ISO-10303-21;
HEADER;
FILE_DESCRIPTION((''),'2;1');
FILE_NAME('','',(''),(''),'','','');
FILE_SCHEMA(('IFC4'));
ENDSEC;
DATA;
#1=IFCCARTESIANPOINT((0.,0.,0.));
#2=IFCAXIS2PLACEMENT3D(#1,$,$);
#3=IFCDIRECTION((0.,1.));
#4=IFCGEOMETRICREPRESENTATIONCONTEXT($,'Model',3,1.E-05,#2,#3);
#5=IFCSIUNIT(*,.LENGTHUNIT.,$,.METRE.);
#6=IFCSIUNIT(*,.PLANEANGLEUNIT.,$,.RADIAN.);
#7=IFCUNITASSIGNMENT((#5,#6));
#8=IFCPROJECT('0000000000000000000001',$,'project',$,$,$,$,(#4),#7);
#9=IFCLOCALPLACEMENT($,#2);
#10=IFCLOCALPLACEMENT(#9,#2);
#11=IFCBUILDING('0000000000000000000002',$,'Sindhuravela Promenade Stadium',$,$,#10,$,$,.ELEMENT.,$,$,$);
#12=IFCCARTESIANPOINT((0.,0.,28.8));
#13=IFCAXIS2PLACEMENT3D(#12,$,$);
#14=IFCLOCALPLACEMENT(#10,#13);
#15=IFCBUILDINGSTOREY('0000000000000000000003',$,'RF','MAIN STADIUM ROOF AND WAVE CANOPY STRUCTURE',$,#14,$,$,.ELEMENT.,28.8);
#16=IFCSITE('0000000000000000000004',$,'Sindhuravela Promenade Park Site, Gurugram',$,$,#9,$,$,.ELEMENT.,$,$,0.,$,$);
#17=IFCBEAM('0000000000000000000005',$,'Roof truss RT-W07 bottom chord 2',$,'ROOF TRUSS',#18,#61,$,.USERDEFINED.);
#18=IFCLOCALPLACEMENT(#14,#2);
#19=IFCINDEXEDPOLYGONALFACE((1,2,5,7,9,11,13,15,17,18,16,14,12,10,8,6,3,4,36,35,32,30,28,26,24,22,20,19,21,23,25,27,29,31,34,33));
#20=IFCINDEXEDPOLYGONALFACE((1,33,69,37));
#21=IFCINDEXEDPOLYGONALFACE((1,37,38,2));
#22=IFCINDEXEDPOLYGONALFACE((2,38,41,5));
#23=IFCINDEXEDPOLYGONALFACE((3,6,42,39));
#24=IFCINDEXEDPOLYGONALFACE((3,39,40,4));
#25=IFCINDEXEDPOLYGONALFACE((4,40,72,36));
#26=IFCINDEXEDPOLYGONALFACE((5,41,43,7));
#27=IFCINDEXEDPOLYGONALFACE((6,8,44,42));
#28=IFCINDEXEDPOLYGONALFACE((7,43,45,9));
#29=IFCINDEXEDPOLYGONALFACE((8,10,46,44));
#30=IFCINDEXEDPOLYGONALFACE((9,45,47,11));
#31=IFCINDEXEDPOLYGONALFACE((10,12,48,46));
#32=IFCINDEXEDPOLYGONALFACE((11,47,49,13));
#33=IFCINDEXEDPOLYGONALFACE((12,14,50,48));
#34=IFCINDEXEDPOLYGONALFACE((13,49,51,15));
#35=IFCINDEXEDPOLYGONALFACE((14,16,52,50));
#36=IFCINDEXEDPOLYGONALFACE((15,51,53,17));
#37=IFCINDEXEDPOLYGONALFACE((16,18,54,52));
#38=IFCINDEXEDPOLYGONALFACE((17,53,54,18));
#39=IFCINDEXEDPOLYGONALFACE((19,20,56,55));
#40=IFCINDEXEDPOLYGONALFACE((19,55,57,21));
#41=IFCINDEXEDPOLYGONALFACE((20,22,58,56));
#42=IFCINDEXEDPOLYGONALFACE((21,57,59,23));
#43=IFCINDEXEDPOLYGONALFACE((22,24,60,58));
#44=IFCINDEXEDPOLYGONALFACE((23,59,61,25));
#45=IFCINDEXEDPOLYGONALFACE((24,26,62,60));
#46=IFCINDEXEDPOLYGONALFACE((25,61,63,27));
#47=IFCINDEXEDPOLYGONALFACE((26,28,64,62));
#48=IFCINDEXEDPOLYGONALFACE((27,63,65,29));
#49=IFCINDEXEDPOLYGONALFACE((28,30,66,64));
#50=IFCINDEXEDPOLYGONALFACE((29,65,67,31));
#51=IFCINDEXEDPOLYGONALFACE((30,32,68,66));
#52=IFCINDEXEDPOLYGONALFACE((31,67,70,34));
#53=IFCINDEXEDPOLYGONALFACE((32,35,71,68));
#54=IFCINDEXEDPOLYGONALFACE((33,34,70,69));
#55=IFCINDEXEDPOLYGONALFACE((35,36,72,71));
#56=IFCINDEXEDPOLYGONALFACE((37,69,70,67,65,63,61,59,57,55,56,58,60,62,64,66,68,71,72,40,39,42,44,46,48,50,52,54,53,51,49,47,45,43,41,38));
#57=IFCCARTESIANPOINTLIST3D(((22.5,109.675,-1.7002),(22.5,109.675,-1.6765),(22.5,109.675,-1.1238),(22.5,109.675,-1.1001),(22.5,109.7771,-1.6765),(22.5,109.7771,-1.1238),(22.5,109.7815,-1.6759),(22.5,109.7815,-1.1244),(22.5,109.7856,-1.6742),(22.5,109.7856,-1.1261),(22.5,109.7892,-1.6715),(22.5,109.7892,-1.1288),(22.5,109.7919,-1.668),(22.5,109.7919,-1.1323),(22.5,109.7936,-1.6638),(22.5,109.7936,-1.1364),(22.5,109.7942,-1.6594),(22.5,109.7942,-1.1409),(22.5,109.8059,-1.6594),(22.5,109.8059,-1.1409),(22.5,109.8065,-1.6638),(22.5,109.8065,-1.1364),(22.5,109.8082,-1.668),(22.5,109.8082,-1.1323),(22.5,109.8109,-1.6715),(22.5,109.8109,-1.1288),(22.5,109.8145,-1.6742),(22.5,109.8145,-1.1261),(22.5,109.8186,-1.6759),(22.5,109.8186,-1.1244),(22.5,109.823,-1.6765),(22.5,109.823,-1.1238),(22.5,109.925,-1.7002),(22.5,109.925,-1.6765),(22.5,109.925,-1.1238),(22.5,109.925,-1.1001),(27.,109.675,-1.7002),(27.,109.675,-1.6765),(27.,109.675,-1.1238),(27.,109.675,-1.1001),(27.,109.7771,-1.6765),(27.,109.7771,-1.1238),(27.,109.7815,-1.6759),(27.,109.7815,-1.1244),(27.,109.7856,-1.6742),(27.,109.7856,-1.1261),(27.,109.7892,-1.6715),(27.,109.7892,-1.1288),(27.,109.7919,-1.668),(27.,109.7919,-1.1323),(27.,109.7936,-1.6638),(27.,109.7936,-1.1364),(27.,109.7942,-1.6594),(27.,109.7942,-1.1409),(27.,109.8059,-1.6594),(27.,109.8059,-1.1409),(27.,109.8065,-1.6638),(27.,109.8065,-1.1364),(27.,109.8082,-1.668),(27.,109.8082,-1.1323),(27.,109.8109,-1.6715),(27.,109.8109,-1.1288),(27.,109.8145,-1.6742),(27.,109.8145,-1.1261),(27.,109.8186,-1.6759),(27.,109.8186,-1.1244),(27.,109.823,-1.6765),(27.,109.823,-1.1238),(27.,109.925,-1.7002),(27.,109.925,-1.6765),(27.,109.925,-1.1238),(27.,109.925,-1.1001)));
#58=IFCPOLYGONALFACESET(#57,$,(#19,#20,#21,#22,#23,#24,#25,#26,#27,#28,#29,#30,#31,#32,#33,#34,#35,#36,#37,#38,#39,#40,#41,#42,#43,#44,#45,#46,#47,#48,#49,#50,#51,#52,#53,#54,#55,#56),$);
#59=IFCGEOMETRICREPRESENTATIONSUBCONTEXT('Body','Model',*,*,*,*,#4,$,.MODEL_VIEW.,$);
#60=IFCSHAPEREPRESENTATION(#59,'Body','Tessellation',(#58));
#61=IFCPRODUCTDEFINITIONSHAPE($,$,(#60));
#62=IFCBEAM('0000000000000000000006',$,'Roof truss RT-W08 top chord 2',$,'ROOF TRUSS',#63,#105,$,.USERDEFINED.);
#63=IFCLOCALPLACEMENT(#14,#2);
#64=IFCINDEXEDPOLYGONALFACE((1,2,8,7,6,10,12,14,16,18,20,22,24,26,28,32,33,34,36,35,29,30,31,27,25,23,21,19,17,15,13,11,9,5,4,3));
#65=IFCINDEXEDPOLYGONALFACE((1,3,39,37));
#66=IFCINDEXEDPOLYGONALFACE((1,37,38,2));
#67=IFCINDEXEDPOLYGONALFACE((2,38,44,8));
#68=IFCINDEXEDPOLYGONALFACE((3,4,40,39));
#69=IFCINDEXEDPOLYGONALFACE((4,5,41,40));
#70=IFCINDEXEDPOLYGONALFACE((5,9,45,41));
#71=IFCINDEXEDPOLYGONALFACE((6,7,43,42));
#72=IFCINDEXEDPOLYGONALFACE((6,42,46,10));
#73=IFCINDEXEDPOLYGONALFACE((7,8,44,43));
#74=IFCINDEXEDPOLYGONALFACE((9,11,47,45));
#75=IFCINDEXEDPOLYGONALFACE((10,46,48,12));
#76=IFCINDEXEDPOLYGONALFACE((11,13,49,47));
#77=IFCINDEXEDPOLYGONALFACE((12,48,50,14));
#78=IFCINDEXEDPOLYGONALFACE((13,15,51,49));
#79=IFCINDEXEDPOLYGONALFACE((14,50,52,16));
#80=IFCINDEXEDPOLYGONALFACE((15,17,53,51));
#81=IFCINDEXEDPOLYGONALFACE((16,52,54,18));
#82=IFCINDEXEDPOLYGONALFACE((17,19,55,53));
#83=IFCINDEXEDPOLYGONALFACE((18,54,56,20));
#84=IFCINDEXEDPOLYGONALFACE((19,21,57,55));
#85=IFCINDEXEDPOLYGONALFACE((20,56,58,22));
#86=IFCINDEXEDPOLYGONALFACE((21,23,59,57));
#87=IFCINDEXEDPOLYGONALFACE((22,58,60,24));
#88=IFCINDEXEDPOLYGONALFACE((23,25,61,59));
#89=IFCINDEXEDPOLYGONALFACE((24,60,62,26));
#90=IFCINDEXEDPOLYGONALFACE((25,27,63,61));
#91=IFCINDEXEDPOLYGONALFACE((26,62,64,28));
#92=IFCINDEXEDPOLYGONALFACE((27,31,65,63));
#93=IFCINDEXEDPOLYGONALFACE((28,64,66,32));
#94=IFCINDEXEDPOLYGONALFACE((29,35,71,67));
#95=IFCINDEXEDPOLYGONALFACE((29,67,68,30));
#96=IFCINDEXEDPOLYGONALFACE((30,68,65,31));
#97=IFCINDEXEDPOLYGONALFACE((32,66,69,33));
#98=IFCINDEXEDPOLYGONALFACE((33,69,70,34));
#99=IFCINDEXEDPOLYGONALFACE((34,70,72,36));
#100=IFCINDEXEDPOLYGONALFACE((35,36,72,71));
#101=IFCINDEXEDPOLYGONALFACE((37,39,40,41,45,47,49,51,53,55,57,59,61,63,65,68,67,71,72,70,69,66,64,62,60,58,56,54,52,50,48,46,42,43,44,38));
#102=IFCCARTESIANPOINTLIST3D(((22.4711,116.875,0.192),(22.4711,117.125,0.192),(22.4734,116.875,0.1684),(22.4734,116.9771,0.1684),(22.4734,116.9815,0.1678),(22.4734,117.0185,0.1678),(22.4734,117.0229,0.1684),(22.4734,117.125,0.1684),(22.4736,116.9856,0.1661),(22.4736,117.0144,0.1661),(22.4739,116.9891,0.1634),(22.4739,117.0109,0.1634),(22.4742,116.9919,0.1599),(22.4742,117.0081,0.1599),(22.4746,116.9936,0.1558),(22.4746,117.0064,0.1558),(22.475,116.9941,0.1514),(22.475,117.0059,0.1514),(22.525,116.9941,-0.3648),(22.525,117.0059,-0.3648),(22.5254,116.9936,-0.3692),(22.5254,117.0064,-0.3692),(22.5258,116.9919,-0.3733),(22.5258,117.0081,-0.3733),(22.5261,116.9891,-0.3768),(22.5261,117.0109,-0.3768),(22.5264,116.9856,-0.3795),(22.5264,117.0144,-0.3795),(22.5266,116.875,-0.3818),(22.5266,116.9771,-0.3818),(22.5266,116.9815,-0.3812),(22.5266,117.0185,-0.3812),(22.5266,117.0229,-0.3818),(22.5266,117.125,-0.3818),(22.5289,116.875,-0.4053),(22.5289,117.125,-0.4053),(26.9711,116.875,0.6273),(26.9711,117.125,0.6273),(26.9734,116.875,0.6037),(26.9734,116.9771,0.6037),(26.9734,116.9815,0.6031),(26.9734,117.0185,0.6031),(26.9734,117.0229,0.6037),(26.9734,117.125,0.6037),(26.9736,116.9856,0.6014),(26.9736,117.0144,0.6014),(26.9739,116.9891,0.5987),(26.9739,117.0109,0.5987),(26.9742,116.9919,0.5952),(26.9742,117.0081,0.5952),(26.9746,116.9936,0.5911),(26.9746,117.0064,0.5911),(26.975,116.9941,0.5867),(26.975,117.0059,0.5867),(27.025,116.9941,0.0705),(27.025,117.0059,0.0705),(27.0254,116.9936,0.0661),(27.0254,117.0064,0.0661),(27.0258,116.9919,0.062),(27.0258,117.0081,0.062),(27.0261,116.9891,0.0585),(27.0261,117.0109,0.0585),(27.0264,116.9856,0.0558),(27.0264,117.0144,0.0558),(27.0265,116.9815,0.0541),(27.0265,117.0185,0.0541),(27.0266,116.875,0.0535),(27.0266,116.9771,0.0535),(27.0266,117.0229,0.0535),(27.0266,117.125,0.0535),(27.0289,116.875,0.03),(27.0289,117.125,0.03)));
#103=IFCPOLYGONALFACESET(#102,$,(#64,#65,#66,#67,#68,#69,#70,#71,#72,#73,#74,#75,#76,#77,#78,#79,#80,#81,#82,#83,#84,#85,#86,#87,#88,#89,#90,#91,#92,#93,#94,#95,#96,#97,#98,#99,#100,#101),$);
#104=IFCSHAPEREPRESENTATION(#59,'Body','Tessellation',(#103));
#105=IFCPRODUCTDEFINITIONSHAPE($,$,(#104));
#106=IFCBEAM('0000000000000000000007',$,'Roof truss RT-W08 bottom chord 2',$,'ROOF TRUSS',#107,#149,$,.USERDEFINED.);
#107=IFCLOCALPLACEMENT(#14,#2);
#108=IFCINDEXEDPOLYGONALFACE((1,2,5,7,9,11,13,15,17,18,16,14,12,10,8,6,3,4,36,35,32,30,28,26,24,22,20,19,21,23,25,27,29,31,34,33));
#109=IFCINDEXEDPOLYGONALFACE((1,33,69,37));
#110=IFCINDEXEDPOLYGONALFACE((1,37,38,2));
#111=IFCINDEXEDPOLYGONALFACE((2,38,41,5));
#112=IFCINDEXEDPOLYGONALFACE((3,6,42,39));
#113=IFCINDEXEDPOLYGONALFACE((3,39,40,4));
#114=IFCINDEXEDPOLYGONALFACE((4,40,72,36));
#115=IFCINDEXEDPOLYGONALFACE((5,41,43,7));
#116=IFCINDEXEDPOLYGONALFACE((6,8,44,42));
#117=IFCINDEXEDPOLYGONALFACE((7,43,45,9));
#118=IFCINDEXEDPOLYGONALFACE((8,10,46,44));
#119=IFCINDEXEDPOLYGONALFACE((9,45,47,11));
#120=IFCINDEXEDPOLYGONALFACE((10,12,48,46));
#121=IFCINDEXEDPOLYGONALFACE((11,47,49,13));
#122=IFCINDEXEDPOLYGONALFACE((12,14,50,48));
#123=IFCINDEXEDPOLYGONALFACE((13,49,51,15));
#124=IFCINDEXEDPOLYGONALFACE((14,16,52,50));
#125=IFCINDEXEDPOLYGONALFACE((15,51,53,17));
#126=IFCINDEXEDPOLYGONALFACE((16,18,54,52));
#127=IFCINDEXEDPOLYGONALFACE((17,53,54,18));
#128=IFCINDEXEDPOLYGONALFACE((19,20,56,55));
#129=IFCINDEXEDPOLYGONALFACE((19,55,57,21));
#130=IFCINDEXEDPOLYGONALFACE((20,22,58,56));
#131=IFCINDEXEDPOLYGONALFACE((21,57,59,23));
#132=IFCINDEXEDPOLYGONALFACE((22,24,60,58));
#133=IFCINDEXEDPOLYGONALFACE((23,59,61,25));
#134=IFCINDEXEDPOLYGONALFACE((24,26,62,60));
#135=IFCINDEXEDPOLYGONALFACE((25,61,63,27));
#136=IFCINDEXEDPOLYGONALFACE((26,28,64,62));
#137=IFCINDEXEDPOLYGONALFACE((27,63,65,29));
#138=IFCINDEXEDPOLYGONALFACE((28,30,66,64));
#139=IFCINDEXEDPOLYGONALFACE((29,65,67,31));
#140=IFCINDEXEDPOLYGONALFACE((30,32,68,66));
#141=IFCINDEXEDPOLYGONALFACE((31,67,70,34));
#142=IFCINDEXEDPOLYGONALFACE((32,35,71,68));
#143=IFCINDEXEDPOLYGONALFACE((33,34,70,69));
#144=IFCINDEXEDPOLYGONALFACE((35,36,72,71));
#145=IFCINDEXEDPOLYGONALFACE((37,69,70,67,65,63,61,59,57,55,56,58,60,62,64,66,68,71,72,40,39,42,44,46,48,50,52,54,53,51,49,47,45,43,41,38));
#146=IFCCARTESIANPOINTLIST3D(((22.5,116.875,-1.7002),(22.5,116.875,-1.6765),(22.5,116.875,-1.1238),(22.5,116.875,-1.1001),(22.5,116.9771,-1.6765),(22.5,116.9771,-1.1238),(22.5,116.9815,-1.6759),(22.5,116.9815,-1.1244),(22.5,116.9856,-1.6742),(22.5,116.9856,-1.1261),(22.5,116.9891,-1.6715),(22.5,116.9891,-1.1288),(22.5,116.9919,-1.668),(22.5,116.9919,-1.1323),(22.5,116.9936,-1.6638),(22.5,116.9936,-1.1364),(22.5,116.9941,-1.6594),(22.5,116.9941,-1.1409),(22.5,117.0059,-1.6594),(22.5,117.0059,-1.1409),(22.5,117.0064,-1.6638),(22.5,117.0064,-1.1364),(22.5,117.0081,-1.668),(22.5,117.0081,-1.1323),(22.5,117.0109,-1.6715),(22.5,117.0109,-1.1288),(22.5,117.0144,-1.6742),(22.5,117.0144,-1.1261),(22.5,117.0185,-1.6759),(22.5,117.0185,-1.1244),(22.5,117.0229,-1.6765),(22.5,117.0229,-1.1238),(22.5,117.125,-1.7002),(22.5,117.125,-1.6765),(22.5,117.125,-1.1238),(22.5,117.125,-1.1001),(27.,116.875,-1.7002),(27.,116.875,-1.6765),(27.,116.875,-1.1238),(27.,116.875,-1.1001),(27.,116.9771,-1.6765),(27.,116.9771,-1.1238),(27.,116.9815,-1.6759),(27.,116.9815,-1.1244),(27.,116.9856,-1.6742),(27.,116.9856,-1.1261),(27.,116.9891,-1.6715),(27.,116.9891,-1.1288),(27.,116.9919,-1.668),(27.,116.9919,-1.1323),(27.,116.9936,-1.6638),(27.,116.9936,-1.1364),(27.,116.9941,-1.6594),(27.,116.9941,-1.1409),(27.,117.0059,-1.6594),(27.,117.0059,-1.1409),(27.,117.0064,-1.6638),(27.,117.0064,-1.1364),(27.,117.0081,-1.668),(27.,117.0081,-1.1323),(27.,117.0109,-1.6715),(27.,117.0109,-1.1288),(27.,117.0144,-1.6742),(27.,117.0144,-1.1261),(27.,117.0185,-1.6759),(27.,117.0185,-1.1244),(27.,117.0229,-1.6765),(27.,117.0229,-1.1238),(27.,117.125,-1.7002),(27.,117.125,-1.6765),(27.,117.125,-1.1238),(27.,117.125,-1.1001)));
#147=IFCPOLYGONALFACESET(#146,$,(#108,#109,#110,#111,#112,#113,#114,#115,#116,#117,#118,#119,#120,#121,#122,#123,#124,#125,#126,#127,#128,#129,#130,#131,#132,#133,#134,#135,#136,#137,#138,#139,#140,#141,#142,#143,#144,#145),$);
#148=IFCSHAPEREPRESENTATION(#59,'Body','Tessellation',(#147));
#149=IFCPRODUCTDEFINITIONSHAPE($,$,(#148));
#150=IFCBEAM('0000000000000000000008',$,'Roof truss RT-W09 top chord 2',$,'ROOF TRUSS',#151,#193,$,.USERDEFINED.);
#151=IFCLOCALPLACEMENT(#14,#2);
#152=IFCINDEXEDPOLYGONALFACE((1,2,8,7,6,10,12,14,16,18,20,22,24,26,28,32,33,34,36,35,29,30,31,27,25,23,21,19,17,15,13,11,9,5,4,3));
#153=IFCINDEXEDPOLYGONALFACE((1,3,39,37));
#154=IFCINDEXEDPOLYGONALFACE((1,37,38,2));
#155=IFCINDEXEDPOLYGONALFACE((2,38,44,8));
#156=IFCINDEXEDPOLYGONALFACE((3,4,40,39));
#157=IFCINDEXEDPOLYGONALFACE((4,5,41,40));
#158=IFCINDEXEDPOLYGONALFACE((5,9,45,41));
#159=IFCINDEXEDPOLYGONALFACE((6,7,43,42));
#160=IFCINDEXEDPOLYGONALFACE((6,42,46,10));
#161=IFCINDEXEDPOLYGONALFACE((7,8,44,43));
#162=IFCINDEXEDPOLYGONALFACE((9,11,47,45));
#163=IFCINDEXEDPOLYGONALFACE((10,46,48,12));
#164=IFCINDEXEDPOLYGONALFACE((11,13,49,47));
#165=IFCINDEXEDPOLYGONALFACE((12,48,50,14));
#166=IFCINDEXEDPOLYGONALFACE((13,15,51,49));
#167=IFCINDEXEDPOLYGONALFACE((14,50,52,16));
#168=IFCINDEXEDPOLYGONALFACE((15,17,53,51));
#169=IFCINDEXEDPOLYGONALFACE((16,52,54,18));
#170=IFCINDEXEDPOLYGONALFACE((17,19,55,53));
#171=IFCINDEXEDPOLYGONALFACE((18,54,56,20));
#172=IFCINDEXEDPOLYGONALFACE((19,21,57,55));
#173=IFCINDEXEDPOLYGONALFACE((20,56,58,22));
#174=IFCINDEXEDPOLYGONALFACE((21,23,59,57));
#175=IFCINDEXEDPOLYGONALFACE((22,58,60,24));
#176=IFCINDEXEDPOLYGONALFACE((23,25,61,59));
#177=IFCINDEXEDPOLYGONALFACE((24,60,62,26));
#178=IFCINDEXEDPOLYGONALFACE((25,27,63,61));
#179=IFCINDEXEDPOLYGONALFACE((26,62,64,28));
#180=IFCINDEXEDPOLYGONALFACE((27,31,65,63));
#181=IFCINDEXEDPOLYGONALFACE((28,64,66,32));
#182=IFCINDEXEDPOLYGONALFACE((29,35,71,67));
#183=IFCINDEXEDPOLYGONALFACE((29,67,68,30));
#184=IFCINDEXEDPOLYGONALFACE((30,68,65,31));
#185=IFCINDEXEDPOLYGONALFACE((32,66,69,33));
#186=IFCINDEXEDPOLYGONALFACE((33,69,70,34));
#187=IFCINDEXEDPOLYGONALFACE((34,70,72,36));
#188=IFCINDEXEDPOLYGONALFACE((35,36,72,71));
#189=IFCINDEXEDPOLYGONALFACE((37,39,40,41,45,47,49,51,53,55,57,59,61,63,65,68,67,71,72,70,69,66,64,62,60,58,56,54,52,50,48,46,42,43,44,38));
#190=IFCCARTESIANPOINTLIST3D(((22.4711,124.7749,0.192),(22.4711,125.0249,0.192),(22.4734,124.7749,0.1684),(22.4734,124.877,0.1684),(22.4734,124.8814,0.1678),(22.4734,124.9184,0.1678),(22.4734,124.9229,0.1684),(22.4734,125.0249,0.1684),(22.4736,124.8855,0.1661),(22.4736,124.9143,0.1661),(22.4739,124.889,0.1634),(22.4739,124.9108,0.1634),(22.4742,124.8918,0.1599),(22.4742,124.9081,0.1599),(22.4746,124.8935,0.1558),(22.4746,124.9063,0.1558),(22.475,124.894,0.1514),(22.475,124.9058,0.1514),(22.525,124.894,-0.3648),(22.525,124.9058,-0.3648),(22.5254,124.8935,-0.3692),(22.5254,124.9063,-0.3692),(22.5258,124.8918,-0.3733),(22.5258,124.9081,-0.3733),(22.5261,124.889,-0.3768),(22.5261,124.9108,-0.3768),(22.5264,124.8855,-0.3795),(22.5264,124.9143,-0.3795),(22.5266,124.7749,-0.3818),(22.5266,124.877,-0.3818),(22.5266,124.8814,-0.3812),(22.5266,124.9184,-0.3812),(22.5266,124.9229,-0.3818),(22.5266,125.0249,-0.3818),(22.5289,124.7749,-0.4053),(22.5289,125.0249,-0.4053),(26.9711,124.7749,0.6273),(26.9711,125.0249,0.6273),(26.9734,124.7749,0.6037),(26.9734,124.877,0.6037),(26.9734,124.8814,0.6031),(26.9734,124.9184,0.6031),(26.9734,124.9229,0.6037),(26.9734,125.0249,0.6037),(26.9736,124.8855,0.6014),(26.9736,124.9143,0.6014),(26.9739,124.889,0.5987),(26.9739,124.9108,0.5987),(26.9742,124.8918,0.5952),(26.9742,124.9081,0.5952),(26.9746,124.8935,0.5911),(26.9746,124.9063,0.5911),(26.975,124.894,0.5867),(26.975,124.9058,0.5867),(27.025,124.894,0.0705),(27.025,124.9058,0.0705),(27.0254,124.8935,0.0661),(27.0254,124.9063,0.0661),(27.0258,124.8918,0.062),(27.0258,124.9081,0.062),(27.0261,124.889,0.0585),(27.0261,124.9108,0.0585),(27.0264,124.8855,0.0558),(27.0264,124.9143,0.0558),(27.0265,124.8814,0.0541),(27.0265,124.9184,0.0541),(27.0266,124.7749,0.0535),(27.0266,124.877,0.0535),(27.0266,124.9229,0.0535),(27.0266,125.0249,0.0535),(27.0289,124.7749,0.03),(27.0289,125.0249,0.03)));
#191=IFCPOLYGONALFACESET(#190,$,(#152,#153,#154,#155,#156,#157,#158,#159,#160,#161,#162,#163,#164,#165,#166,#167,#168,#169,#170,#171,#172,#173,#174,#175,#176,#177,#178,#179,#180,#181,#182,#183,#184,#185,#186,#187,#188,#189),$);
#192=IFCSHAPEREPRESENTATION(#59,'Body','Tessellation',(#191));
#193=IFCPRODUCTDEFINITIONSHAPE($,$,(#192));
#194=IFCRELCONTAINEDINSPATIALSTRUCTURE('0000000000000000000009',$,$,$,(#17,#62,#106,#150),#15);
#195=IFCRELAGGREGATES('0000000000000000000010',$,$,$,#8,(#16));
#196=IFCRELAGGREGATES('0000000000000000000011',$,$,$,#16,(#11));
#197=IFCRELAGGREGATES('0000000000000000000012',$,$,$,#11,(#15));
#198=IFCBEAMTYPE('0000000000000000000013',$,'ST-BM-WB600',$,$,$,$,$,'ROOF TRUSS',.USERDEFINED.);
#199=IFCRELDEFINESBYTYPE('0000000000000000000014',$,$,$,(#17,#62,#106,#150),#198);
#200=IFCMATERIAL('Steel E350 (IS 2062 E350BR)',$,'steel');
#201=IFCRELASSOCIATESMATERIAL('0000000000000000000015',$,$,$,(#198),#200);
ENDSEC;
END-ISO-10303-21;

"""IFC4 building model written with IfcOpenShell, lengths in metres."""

from ifc_helpers import new_model, si_unit, direction, frame, origin, origin_2d, place, context, subcontext, project, spatial, i_section, extrude, material, material_profile, profile_set, type_object, element, save


model = new_model("IFC4")

# Units and contexts
model_context = context("Model", 3, precision=1e-05, world=origin(), true_north=direction((0.0, 1.0)))
body_context = subcontext(model_context, "Body", "Model", "MODEL_VIEW")
ifc_project = project(units=[si_unit("LENGTHUNIT", "METRE"), si_unit("PLANEANGLEUNIT", "RADIAN")], contexts=[model_context])

# Site, building, storey
site_placement = place(None, origin())
site = spatial("IfcSite", under=ifc_project, at=site_placement, Name="Sindhuravela Promenade Park Site, Gurugram", CompositionType="ELEMENT", RefElevation=0.0)
building_placement = place(site_placement, origin())
building = spatial("IfcBuilding", under=site, at=building_placement, Name="Sindhuravela Promenade Stadium", CompositionType="ELEMENT")
storey_placement = place(building_placement, frame((0.0, 0.0, 28.8)))
storey = spatial("IfcBuildingStorey", under=building, at=storey_placement, Name="RF", Description="MAIN STADIUM ROOF AND WAVE CANOPY STRUCTURE", CompositionType="ELEMENT", Elevation=28.8)

# Beams
ifc_material_1 = material(Name="Steel E350 (IS 2062 E350BR)", Category="steel")
ifc_material_profile_1 = material_profile(ifc_material_1, i_section(OverallWidth=0.25, OverallDepth=0.6001, WebThickness=0.0117, FlangeThickness=0.0237, FilletRadius=0.0171, at=origin_2d()), Name="ISWB 600")
ifc_profile_set_1 = profile_set([ifc_material_profile_1], Name="Steel E350 (IS 2062 E350BR)")
beam_type = type_object("IfcBeamType", Name="ST-BM-WB600", ElementType="ROOF TRUSS", PredefinedType="USERDEFINED", material=ifc_profile_set_1)
beam_1_placement = place(storey_placement, frame((22.5, 109.8, -1.4001), z_axis=(1.0, 0.0, 0.0), x_axis=(0.0, 1.0, 0.0)))
element("IfcBeam", 1, at=beam_1_placement, inside=storey, type_object=beam_type, Name="Roof truss RT-W07 bottom chord 2", ObjectType="ROOF TRUSS", PredefinedType="USERDEFINED", context=body_context, shape_type="SweptSolid", body=[
    extrude(i_section(OverallWidth=0.25, OverallDepth=0.6001, WebThickness=0.0117, FlangeThickness=0.0237, FilletRadius=0.0171, at=origin_2d()), origin(), (0.0, 0.0, 1.0), 4.5),
])
beam_2_placement = place(storey_placement, frame((22.5, 117.0, -0.1067), z_axis=(0.995354, 0.0, 0.096285), x_axis=(0.0, 1.0, 0.0)))
element("IfcBeam", 2, at=beam_2_placement, inside=storey, type_object=beam_type, Name="Roof truss RT-W08 top chord 2", ObjectType="ROOF TRUSS", PredefinedType="USERDEFINED", context=body_context, shape_type="SweptSolid", body=[
    extrude(i_section(OverallWidth=0.25, OverallDepth=0.6001, WebThickness=0.0117, FlangeThickness=0.0237, FilletRadius=0.0171, at=origin_2d()), origin(), (0.0, 0.0, 1.0), 4.521),
])
beam_3_placement = place(storey_placement, frame((22.5, 117.0, -1.4001), z_axis=(1.0, 0.0, 0.0), x_axis=(0.0, 1.0, 0.0)))
element("IfcBeam", 3, at=beam_3_placement, inside=storey, type_object=beam_type, Name="Roof truss RT-W08 bottom chord 2", ObjectType="ROOF TRUSS", PredefinedType="USERDEFINED", context=body_context, shape_type="SweptSolid", body=[
    extrude(i_section(OverallWidth=0.25, OverallDepth=0.6001, WebThickness=0.0117, FlangeThickness=0.0237, FilletRadius=0.0171, at=origin_2d()), origin(), (0.0, 0.0, 1.0), 4.5),
])
beam_4_placement = place(storey_placement, frame((22.5, 124.8999, -0.1067), z_axis=(0.995354, 0.0, 0.096285), x_axis=(0.0, 1.0, 0.0)))
element("IfcBeam", 4, at=beam_4_placement, inside=storey, type_object=beam_type, Name="Roof truss RT-W09 top chord 2", ObjectType="ROOF TRUSS", PredefinedType="USERDEFINED", context=body_context, shape_type="SweptSolid", body=[
    extrude(i_section(OverallWidth=0.25, OverallDepth=0.6001, WebThickness=0.0117, FlangeThickness=0.0237, FilletRadius=0.0171, at=origin_2d()), origin(), (0.0, 0.0, 1.0), 4.521),
])

save(model, "model.ifc")
